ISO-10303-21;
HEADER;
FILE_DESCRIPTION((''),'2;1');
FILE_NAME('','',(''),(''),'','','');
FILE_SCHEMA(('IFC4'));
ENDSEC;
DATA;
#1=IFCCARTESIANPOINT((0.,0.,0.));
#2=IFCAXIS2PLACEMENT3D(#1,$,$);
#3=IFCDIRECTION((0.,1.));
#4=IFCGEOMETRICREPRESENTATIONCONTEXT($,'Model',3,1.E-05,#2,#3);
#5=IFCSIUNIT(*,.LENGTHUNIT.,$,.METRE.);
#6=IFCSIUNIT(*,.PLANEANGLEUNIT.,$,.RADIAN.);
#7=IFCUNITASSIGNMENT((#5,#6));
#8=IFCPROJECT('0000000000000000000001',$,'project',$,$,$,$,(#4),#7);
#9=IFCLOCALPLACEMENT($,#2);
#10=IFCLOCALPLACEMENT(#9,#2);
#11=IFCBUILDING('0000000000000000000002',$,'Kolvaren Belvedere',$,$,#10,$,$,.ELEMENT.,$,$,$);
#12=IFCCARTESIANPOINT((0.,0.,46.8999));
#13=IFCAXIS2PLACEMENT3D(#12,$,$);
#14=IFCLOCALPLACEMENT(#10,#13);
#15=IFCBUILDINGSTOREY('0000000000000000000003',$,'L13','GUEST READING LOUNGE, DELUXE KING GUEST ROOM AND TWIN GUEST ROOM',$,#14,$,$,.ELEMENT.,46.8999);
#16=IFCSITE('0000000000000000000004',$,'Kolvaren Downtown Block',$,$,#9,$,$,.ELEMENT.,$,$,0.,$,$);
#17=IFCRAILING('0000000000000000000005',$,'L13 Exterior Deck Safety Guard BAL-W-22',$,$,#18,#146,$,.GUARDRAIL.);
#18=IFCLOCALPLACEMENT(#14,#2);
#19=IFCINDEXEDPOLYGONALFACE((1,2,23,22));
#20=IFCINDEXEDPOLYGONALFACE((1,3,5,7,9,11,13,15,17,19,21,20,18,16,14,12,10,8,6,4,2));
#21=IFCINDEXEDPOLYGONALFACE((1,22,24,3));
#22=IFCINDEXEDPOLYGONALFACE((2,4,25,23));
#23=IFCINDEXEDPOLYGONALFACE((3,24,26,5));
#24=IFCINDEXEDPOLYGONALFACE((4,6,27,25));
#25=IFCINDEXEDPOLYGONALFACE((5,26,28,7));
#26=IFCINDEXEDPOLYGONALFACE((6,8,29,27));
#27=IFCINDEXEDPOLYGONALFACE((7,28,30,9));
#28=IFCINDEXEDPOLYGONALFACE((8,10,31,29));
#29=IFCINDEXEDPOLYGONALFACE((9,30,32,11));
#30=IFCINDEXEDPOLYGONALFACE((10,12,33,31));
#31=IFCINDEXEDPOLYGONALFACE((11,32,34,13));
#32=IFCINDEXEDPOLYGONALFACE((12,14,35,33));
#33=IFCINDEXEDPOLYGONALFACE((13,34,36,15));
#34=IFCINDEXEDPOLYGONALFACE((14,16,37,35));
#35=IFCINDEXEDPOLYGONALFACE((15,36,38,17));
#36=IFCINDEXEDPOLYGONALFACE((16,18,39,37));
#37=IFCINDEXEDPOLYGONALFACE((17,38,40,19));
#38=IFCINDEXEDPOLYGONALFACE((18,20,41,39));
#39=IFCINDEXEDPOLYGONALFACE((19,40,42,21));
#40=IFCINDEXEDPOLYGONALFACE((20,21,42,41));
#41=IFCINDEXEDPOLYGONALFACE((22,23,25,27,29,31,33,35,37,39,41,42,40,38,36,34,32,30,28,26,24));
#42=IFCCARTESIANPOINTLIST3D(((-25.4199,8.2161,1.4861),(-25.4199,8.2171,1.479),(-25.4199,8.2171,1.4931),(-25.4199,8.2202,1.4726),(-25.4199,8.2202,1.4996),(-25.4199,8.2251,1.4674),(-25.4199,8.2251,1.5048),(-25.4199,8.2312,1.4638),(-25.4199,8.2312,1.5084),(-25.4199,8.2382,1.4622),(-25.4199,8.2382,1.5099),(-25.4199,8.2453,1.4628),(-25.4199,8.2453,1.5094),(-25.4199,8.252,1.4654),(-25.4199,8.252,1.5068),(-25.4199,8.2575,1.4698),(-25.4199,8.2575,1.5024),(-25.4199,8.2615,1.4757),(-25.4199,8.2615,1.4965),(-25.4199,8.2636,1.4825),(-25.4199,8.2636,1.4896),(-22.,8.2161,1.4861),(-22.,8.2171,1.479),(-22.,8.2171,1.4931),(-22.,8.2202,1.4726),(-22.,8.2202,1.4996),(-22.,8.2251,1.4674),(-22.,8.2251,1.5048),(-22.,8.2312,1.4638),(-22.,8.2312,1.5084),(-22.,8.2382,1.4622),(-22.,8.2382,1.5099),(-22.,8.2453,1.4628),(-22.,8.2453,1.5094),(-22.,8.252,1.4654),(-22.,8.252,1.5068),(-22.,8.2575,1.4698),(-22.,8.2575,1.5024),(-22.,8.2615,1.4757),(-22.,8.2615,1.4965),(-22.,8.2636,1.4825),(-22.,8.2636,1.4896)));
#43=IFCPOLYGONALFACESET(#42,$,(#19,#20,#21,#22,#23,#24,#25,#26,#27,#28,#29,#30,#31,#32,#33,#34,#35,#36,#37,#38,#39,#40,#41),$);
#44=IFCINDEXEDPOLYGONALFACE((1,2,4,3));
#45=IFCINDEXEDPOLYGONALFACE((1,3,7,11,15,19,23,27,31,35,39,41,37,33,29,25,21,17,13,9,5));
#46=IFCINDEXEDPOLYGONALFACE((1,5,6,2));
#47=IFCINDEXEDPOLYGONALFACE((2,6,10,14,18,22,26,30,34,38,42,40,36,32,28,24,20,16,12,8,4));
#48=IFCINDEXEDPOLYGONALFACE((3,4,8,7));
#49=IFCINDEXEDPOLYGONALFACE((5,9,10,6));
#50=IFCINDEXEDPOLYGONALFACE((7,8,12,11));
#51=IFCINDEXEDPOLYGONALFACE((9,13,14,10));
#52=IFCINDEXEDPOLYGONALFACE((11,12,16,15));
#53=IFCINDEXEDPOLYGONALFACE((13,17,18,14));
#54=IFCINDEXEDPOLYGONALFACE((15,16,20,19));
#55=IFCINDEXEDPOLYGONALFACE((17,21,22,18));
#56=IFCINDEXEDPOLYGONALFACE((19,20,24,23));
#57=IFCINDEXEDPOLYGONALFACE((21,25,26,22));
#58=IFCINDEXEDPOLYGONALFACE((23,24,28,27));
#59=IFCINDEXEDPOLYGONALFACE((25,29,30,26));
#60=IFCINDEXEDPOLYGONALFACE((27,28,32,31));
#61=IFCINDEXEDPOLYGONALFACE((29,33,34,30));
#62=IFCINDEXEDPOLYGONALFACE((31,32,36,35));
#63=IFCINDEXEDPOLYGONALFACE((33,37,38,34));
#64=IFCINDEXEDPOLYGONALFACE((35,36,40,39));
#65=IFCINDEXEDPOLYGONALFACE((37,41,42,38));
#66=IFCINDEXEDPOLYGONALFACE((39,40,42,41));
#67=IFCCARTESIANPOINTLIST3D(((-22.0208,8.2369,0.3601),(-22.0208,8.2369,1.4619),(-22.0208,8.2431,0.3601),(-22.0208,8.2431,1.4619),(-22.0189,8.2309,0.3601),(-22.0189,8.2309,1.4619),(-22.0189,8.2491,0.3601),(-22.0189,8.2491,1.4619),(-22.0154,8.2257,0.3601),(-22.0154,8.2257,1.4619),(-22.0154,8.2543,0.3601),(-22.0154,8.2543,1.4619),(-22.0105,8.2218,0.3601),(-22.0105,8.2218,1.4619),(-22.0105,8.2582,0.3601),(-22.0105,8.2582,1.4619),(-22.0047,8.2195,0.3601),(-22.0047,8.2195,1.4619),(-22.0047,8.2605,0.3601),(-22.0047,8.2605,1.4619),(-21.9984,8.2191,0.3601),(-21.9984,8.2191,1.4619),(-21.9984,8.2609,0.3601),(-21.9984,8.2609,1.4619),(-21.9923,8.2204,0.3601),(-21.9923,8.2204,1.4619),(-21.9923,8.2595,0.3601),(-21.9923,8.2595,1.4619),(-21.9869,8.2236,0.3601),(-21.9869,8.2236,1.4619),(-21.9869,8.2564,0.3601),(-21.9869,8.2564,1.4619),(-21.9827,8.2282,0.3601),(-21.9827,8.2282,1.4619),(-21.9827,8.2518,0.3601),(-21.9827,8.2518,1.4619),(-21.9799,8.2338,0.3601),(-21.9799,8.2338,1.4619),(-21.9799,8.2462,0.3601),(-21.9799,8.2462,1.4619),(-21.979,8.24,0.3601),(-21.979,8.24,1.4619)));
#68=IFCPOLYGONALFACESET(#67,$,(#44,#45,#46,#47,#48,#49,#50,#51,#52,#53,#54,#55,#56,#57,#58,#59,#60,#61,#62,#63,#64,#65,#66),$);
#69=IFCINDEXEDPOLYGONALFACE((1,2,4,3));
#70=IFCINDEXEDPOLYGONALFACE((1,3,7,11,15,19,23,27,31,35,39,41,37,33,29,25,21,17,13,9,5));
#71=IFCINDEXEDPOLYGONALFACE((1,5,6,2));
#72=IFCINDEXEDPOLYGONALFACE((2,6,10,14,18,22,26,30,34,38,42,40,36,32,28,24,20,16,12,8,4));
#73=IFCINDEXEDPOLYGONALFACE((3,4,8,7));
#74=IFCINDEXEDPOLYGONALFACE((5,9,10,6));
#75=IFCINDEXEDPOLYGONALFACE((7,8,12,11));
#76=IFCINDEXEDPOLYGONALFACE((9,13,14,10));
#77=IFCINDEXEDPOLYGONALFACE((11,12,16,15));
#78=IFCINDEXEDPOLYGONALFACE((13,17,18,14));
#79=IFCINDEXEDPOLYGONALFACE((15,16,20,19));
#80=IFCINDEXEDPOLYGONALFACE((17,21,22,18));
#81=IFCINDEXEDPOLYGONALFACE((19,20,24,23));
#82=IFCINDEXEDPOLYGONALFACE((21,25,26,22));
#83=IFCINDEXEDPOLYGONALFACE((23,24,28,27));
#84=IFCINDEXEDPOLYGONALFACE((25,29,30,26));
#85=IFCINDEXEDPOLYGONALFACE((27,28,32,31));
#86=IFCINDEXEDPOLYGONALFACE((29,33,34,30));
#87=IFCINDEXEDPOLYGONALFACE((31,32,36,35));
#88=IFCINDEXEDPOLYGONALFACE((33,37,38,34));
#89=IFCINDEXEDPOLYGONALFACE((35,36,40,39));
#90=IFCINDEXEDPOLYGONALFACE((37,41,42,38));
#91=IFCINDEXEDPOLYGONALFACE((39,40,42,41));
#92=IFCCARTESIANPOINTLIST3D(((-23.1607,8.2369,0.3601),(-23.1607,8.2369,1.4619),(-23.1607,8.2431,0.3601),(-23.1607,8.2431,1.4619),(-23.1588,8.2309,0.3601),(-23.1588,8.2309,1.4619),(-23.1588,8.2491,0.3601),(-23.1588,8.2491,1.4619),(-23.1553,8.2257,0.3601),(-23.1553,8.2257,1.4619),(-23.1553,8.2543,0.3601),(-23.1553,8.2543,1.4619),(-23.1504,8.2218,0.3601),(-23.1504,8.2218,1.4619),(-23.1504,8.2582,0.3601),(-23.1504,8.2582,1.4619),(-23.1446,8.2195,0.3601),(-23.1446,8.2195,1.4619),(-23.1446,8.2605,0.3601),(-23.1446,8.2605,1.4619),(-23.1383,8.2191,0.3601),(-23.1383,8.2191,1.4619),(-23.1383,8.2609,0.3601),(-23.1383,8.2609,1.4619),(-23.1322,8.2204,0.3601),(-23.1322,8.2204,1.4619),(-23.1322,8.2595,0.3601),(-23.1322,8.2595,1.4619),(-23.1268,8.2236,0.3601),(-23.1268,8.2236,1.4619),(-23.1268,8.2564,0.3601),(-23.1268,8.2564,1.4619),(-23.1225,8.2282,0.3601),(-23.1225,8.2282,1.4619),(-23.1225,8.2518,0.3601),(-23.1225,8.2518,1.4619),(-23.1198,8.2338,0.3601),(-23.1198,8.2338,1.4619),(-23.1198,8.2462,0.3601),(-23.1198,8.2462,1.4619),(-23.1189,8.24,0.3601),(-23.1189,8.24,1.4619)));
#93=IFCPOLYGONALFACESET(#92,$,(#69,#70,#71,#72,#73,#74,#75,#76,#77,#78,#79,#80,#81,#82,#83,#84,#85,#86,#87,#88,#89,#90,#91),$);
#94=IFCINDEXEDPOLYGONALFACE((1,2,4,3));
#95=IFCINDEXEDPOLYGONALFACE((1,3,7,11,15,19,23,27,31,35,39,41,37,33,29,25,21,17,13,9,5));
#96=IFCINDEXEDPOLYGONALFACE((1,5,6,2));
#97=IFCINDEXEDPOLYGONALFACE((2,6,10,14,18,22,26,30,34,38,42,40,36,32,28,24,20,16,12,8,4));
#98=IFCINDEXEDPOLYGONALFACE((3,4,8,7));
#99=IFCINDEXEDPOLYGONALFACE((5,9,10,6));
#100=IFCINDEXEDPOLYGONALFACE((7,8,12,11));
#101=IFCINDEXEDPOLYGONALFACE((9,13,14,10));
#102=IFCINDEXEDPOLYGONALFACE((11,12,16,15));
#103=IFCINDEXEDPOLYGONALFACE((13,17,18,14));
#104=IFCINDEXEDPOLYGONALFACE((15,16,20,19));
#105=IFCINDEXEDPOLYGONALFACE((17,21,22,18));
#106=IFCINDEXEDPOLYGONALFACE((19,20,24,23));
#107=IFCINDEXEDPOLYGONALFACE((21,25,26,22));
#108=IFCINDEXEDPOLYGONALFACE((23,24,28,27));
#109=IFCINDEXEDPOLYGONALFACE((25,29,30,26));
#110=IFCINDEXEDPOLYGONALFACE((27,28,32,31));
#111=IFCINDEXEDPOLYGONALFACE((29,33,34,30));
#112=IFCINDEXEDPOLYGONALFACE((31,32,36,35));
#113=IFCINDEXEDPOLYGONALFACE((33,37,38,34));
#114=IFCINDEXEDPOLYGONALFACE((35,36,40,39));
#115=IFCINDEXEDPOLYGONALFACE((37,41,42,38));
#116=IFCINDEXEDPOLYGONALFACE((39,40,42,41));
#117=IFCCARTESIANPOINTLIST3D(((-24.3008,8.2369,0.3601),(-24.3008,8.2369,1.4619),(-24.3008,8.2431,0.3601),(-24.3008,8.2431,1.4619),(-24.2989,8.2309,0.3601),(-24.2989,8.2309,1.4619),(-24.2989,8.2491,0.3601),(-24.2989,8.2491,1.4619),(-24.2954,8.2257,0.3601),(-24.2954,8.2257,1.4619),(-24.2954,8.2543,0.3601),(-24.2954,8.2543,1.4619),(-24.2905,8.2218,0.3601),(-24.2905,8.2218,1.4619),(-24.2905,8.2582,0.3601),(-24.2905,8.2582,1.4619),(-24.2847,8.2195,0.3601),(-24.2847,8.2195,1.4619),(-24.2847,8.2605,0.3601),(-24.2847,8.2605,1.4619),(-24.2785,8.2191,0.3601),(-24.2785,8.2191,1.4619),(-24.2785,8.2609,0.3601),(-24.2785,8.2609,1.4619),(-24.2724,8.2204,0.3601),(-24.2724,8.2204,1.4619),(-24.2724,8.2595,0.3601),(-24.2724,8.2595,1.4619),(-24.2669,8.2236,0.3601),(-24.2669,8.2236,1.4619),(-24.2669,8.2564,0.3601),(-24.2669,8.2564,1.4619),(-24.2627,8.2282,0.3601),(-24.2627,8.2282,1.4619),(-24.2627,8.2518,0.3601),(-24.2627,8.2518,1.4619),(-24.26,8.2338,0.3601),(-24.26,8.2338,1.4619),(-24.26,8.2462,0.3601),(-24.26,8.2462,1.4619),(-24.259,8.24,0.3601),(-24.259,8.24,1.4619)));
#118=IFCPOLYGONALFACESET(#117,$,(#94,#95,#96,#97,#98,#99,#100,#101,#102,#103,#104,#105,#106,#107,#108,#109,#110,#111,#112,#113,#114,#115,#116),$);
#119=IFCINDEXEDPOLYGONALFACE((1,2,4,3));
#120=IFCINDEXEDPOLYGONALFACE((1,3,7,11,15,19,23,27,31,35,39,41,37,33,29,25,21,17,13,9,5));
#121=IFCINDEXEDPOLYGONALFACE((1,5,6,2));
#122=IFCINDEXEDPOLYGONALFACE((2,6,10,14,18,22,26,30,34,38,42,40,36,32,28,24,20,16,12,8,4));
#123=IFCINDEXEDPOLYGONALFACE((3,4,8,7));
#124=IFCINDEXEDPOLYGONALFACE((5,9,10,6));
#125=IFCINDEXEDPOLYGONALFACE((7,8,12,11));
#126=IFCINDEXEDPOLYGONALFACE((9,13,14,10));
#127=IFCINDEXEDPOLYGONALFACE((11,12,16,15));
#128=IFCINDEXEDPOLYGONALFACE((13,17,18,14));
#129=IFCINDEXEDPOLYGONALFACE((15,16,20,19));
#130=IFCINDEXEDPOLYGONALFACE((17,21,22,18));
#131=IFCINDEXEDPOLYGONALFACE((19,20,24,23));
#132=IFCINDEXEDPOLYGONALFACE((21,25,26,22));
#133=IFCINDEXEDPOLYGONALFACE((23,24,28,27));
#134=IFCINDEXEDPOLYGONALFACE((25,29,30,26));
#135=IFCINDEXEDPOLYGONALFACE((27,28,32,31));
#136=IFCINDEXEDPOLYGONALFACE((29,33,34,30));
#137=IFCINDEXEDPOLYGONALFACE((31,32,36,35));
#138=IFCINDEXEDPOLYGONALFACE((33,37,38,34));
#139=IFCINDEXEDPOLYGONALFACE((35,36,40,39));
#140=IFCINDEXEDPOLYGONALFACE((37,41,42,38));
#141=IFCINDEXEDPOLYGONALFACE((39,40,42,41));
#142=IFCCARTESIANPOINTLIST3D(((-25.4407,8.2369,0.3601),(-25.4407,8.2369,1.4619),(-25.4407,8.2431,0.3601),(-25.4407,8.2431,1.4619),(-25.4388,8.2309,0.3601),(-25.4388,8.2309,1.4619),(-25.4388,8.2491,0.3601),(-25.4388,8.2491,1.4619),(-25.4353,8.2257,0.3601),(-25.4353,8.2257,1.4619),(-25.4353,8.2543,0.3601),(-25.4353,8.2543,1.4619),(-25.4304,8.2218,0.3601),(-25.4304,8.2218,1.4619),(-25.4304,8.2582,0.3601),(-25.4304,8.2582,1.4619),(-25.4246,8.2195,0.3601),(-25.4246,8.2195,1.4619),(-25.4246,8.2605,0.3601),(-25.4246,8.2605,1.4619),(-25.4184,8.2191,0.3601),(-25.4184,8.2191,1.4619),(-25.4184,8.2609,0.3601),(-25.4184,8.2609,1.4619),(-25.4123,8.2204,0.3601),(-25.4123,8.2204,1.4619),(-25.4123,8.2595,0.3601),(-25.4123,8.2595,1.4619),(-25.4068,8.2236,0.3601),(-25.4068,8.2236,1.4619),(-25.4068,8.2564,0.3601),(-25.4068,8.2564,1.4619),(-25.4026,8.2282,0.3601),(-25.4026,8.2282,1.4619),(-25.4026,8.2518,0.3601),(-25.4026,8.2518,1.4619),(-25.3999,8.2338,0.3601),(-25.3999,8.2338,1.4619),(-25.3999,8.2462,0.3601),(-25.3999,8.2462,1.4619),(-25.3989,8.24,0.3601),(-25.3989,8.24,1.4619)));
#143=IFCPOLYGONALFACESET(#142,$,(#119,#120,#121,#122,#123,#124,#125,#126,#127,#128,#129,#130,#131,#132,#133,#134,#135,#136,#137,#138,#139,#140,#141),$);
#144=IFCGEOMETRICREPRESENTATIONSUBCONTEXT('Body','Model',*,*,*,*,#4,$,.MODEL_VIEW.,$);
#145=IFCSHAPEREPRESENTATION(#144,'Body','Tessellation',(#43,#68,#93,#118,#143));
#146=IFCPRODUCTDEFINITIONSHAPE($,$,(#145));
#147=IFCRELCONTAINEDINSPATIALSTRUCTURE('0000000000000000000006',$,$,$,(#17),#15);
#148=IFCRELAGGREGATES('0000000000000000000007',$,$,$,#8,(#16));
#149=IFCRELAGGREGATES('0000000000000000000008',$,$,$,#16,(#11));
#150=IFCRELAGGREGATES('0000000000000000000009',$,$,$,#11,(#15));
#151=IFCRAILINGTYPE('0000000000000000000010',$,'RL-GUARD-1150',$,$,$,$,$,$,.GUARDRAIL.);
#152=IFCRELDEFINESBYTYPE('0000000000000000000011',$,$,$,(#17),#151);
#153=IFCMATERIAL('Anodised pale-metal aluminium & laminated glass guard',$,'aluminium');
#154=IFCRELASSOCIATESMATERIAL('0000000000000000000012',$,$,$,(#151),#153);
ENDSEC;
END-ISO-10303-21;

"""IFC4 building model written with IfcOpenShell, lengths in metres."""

from ifc_helpers import new_model, si_unit, direction, frame, origin, origin_2d, place, context, subcontext, project, spatial, circle, extrude, material, type_object, element, save


model = new_model("IFC4")

# Units and contexts
model_context = context("Model", 3, precision=1e-05, world=origin(), true_north=direction((0.0, 1.0)))
body_context = subcontext(model_context, "Body", "Model", "MODEL_VIEW")
ifc_project = project(units=[si_unit("LENGTHUNIT", "METRE"), si_unit("PLANEANGLEUNIT", "RADIAN")], contexts=[model_context])

# Site, building, storey
site_placement = place(None, origin())
site = spatial("IfcSite", under=ifc_project, at=site_placement, Name="Kolvaren Downtown Block", CompositionType="ELEMENT", RefElevation=0.0)
building_placement = place(site_placement, origin())
building = spatial("IfcBuilding", under=site, at=building_placement, Name="Kolvaren Belvedere", CompositionType="ELEMENT")
storey_placement = place(building_placement, frame((0.0, 0.0, 46.8999)))
storey = spatial("IfcBuildingStorey", under=building, at=storey_placement, Name="L13", Description="GUEST READING LOUNGE, DELUXE KING GUEST ROOM AND TWIN GUEST ROOM", CompositionType="ELEMENT", Elevation=46.8999)

# Railing
ifc_material_1 = material(Name="Anodised pale-metal aluminium & laminated glass guard", Category="aluminium")
railing_type = type_object("IfcRailingType", Name="RL-GUARD-1150", PredefinedType="GUARDRAIL", material=ifc_material_1)
railing_1_placement = place(storey_placement, frame((-22.0, 8.24, 0.3601)))
element("IfcRailing", 1, at=railing_1_placement, inside=storey, type_object=railing_type, Name="L13 Exterior Deck Safety Guard BAL-W-22", PredefinedType="GUARDRAIL", context=body_context, shape_type="SweptSolid", body=[
    extrude(circle(Radius=0.0239, at=origin_2d()), frame((0.0, 0.0, 1.126), z_axis=(-1.0, 0.0, 0.0), x_axis=(0.0, -1.0, 0.0)), (0.0, 0.0, 1.0), 3.4199),
    extrude(circle(Radius=0.021, at=origin_2d()), origin(), (0.0, 0.0, 1.0), 1.1018),
    extrude(circle(Radius=0.021, at=origin_2d()), frame((-1.1399, 0.0, 0.0)), (0.0, 0.0, 1.0), 1.1018),
    extrude(circle(Radius=0.021, at=origin_2d()), frame((-2.28, 0.0, 0.0)), (0.0, 0.0, 1.0), 1.1018),
    extrude(circle(Radius=0.021, at=origin_2d()), frame((-3.4199, 0.0, 0.0)), (0.0, 0.0, 1.0), 1.1018),
])

save(model, "model.ifc")
